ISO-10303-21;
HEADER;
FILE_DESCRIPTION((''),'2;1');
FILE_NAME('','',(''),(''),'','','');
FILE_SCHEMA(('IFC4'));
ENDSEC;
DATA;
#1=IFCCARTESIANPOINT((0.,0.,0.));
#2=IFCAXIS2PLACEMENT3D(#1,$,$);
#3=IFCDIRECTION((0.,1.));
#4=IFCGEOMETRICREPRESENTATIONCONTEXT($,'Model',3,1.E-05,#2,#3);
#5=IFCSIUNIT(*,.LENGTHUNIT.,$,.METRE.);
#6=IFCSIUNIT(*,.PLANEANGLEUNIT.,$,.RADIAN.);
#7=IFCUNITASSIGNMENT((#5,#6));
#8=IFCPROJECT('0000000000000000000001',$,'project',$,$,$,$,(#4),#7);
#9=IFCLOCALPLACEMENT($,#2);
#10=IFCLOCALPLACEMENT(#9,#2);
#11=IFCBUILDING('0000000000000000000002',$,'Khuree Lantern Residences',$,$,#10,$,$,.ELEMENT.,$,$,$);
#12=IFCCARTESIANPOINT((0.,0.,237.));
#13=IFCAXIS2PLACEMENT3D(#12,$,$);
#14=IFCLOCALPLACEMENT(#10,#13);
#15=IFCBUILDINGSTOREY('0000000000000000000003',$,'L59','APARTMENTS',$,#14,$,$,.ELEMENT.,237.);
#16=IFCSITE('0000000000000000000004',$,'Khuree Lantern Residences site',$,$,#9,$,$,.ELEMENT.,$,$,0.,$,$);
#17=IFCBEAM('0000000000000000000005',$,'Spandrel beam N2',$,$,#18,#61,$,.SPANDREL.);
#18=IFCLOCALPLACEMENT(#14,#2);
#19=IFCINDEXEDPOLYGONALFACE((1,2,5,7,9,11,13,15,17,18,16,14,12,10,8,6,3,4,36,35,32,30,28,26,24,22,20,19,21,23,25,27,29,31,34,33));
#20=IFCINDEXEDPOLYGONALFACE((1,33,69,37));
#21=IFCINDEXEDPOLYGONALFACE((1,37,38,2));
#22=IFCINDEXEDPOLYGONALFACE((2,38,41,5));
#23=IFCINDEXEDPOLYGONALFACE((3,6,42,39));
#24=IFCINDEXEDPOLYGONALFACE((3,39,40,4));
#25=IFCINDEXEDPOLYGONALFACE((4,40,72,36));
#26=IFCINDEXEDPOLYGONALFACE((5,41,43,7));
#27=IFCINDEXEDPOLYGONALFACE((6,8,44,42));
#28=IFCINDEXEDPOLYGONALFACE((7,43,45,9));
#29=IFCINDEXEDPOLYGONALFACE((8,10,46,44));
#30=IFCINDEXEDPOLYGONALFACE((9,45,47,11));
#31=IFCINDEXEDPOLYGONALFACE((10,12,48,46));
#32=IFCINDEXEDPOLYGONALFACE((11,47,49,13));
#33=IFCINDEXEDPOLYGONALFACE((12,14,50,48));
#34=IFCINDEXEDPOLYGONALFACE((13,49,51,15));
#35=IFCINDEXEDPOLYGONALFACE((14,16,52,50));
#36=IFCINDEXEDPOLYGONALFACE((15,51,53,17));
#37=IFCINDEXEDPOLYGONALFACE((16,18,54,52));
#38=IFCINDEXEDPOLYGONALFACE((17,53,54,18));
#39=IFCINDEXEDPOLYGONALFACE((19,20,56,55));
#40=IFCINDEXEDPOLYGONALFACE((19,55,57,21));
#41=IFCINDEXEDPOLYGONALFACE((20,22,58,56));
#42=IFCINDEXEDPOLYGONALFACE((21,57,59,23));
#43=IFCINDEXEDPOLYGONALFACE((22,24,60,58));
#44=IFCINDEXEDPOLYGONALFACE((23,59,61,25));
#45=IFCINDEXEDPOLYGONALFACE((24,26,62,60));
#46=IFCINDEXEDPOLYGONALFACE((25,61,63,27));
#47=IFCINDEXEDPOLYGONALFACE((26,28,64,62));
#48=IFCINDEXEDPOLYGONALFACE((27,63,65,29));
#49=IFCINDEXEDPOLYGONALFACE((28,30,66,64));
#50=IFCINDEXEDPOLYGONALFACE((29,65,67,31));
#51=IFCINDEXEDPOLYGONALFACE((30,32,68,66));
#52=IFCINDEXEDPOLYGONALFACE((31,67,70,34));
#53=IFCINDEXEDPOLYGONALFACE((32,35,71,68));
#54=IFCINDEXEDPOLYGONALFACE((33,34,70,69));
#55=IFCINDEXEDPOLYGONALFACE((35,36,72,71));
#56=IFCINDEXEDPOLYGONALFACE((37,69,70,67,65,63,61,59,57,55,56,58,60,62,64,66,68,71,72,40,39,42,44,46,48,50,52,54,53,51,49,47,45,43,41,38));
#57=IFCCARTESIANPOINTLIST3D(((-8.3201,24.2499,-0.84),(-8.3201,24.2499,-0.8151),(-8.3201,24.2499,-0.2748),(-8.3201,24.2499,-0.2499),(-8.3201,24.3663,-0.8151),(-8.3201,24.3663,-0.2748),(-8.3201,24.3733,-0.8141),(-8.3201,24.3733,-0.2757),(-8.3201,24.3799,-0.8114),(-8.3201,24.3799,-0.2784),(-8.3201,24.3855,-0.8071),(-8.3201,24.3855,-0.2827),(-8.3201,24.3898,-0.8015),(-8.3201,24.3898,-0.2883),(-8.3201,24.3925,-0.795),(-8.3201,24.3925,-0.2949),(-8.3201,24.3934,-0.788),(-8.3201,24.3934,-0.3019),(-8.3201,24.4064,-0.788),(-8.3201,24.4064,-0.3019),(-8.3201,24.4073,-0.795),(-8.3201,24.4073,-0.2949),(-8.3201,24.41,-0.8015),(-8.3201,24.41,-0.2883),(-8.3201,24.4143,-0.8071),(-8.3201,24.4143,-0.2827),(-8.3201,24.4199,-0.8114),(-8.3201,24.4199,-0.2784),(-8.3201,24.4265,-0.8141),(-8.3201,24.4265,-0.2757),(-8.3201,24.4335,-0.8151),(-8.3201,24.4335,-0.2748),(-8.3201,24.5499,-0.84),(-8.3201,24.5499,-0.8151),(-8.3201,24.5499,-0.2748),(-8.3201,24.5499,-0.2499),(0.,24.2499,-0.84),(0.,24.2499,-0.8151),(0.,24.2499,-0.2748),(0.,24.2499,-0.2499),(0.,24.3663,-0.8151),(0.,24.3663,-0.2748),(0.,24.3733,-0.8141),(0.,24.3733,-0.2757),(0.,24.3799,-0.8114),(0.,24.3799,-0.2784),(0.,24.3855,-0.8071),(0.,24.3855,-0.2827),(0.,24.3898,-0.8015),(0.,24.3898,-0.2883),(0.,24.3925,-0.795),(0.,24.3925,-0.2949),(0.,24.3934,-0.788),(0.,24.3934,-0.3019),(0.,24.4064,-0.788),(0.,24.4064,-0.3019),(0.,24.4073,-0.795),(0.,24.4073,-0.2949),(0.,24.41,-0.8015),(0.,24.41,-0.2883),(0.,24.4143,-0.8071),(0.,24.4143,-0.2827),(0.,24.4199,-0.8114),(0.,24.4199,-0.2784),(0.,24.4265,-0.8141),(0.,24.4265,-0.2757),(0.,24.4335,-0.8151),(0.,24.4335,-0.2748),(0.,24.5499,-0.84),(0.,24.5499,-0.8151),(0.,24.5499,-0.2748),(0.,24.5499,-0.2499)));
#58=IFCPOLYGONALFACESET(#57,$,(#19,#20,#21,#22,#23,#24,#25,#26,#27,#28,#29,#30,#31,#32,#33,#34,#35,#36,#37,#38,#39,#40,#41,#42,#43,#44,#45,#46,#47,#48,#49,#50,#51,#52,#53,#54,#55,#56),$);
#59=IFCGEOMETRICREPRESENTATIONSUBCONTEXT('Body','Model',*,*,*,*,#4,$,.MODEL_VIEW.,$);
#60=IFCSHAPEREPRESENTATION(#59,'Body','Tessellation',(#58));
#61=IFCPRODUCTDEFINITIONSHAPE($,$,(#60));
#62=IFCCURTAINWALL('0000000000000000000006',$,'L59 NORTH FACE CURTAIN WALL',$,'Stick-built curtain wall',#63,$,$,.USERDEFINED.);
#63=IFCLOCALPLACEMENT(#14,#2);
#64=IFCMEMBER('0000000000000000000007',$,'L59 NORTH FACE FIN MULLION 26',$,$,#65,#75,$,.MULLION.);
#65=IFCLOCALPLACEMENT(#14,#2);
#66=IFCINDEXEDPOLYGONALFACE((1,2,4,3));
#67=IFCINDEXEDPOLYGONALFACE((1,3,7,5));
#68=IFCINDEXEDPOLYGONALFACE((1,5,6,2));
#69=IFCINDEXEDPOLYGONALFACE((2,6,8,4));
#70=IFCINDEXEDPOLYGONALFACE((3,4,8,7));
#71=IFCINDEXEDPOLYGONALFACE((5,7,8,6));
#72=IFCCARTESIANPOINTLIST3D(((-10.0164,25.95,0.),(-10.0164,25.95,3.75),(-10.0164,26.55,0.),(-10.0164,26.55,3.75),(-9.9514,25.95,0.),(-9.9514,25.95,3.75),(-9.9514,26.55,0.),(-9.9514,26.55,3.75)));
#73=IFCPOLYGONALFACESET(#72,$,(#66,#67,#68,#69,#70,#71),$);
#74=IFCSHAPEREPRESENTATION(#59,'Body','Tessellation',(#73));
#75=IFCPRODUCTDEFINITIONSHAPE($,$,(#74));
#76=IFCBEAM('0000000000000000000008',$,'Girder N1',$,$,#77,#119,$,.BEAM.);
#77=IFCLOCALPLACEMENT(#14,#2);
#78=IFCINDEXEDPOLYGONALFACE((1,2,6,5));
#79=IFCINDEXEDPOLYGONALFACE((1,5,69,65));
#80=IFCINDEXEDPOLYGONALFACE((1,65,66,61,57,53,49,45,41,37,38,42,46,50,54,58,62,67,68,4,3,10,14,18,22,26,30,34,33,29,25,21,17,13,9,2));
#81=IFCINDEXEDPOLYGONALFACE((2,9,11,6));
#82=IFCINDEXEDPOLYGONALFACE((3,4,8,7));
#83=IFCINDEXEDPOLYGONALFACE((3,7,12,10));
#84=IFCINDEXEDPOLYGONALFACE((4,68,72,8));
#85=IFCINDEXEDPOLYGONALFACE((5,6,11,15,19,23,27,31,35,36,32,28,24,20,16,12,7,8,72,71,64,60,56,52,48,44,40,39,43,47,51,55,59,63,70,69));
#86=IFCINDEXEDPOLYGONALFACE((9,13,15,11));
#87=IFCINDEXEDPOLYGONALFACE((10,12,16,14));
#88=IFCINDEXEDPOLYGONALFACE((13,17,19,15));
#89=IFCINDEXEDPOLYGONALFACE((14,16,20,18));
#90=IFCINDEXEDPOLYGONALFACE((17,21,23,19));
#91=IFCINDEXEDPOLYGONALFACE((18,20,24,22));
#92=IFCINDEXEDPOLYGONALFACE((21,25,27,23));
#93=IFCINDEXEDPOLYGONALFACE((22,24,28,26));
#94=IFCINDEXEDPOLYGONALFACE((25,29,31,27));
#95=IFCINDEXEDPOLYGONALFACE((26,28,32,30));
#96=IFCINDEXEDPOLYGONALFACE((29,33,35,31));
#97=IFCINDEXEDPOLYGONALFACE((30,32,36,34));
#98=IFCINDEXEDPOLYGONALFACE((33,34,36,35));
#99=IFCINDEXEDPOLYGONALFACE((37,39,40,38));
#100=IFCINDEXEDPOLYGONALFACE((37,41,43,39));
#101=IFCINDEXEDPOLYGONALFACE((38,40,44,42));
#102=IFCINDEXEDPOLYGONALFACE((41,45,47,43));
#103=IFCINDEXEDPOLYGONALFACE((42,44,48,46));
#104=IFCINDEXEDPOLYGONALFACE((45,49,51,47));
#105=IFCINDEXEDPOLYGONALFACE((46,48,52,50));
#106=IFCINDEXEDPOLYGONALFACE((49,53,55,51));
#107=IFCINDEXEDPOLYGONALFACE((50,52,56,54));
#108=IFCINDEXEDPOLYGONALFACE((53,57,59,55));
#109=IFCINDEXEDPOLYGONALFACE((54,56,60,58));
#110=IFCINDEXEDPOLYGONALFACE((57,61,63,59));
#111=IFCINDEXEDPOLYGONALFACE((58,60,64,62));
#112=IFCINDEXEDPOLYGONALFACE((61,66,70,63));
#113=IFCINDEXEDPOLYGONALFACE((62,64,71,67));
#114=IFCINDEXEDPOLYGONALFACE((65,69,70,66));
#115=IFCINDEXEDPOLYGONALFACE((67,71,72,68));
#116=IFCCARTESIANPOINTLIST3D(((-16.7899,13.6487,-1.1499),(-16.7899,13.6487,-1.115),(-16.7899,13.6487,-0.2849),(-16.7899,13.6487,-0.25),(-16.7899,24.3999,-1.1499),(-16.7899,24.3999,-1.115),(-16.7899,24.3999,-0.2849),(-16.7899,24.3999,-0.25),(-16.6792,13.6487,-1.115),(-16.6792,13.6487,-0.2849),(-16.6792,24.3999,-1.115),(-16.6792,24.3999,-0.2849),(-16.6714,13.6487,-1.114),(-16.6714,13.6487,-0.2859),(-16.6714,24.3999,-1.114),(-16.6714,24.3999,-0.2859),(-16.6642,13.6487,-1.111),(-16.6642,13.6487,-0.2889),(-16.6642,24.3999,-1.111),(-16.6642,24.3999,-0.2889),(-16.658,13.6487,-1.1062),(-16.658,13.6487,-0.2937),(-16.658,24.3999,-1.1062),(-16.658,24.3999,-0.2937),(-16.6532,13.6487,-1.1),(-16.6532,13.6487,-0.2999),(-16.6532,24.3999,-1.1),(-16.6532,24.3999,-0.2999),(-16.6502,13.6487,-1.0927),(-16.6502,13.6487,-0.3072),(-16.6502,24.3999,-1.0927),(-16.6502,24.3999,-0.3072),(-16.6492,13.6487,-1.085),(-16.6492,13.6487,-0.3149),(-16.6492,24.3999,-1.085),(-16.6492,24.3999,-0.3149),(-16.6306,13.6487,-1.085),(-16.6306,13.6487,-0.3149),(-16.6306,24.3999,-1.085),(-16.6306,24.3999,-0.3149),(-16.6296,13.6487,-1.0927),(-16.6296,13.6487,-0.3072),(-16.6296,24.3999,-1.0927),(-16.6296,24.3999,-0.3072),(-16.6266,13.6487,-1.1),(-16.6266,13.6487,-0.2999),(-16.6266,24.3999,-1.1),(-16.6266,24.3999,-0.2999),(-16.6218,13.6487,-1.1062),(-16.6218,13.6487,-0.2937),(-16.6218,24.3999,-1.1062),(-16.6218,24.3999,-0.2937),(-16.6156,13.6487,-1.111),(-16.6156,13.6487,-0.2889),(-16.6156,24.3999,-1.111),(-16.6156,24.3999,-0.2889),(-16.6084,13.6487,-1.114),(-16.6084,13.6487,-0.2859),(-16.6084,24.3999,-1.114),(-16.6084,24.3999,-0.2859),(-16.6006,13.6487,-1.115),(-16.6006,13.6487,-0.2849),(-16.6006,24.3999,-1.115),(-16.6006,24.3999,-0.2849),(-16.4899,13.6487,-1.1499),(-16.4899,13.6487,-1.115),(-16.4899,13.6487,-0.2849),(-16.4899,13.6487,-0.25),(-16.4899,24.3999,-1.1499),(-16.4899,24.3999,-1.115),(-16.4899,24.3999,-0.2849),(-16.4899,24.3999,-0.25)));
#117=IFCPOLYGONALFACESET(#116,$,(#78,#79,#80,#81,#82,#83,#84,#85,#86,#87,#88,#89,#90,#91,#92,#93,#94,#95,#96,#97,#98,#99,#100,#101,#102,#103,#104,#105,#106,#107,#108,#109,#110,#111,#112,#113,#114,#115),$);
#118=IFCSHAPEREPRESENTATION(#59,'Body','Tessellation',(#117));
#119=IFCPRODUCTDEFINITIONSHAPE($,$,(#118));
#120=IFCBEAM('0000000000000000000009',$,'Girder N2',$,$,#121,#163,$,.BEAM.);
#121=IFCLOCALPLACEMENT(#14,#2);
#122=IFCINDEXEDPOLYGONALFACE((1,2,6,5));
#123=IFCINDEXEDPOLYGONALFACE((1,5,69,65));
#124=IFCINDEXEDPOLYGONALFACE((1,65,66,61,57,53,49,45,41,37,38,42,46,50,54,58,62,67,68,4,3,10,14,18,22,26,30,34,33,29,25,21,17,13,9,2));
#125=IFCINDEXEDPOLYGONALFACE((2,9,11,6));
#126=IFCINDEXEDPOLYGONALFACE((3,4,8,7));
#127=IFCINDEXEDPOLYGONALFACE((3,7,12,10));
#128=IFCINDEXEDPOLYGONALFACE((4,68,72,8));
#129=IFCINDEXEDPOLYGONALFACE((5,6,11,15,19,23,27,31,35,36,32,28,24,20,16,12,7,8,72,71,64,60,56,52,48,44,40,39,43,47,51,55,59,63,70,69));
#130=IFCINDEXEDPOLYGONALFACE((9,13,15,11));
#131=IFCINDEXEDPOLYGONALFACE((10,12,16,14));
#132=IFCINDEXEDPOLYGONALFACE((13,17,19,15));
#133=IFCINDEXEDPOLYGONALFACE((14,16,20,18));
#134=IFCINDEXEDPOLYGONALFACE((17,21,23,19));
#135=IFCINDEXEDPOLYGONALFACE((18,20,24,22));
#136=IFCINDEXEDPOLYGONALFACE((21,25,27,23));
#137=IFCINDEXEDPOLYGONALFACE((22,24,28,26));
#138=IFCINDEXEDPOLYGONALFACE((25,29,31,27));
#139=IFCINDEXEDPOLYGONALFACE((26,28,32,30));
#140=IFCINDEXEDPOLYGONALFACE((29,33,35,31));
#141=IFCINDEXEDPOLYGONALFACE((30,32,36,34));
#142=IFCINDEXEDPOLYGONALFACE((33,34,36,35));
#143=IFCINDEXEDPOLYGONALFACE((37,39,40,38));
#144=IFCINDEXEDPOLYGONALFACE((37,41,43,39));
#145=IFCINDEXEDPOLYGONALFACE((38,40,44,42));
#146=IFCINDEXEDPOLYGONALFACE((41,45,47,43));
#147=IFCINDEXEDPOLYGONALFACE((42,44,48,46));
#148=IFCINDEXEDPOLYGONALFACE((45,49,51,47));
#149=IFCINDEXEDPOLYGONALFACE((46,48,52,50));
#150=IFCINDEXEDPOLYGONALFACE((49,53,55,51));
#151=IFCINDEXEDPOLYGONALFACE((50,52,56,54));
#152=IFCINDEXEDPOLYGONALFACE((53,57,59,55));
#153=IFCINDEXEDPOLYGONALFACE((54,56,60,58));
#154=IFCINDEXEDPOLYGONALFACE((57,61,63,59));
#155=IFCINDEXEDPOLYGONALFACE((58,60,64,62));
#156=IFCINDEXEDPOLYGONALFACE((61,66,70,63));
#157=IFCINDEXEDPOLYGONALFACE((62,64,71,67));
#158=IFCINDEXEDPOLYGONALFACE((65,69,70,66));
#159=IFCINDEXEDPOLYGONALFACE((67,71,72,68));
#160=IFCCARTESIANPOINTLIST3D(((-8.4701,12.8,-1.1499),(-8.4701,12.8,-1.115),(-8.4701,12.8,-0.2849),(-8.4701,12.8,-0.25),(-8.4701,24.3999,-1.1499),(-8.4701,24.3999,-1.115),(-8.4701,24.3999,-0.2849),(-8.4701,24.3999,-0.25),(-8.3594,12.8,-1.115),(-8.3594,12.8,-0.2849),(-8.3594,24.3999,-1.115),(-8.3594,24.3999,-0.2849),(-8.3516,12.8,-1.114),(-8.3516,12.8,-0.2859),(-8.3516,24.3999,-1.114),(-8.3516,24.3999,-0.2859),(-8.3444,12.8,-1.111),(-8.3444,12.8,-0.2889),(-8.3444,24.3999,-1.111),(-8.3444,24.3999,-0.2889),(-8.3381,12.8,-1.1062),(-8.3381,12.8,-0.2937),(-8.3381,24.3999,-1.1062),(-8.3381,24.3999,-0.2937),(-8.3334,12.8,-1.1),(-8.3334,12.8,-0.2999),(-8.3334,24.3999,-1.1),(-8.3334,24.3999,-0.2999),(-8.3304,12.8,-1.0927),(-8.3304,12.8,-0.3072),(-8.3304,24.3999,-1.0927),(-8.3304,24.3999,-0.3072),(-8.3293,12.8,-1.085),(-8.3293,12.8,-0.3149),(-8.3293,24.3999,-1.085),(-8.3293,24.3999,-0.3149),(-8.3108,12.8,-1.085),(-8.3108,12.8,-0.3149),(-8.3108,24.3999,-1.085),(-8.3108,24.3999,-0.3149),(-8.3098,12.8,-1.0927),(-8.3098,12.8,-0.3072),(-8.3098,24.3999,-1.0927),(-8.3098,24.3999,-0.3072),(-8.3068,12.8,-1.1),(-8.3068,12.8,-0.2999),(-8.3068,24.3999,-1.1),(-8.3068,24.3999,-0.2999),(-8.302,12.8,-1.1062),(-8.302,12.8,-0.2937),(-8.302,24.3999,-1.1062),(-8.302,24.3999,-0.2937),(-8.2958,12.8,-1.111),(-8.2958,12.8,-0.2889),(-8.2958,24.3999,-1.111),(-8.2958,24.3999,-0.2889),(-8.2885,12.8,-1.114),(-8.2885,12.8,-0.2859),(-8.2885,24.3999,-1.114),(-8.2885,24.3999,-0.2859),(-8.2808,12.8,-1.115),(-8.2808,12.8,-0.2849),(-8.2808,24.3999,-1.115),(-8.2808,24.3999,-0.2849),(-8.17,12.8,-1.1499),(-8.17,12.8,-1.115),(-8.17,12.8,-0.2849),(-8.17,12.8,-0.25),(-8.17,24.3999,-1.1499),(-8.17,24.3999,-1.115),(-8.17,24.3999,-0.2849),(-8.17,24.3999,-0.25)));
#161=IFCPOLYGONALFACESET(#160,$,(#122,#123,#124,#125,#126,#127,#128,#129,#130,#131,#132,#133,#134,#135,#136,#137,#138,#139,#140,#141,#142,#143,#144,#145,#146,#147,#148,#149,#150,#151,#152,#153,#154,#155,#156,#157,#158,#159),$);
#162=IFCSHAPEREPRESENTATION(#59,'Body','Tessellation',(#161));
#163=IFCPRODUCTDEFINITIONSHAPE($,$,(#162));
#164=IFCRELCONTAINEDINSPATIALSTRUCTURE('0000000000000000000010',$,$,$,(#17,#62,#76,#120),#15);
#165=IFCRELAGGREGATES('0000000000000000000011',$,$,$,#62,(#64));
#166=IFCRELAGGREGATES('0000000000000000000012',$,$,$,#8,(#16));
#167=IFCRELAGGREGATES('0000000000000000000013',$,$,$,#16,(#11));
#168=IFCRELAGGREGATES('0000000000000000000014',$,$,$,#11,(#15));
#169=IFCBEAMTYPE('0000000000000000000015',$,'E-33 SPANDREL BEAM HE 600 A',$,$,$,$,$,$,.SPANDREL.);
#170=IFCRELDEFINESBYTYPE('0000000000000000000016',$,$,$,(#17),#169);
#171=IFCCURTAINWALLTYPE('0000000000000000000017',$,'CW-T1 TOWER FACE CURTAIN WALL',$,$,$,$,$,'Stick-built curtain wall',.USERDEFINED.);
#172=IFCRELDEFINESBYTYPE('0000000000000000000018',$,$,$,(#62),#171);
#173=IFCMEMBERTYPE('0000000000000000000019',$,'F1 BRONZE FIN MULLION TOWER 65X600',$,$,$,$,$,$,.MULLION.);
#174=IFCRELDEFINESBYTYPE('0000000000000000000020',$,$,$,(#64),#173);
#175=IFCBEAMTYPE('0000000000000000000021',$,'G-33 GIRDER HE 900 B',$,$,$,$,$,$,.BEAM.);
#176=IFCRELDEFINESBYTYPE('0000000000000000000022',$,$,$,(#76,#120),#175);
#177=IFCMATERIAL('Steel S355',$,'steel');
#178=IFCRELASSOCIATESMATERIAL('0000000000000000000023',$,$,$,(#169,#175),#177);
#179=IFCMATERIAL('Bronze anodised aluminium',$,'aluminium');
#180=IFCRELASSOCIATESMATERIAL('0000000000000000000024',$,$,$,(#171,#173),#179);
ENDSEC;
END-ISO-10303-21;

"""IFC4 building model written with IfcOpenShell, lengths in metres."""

from ifc_helpers import new_model, si_unit, direction, frame, origin, origin_2d, place, context, subcontext, project, spatial, rectangle, i_section, extrude, material, material_profile, profile_set, type_object, element, aggregate, save


model = new_model("IFC4")

# Units and contexts
model_context = context("Model", 3, precision=1e-05, world=origin(), true_north=direction((0.0, 1.0)))
body_context = subcontext(model_context, "Body", "Model", "MODEL_VIEW")
ifc_project = project(units=[si_unit("LENGTHUNIT", "METRE"), si_unit("PLANEANGLEUNIT", "RADIAN")], contexts=[model_context])

# Site, building, storey
site_placement = place(None, origin())
site = spatial("IfcSite", under=ifc_project, at=site_placement, Name="Khuree Lantern Residences site", CompositionType="ELEMENT", RefElevation=0.0)
building_placement = place(site_placement, origin())
building = spatial("IfcBuilding", under=site, at=building_placement, Name="Khuree Lantern Residences", CompositionType="ELEMENT")
storey_placement = place(building_placement, frame((0.0, 0.0, 237.0)))
storey = spatial("IfcBuildingStorey", under=building, at=storey_placement, Name="L59", Description="APARTMENTS", CompositionType="ELEMENT", Elevation=237.0)

# Beam
ifc_material_1 = material(Name="Steel S355", Category="steel")
ifc_material_profile_1 = material_profile(ifc_material_1, i_section(OverallWidth=0.3, OverallDepth=0.5901, WebThickness=0.0129, FlangeThickness=0.0249, FilletRadius=0.0271, at=origin_2d()), Name="HE 600 A")
ifc_profile_set_1 = profile_set([ifc_material_profile_1], Name="Steel S355")
beam_type_1 = type_object("IfcBeamType", Name="E-33 SPANDREL BEAM HE 600 A", PredefinedType="SPANDREL", material=ifc_profile_set_1)
beam_1_placement = place(storey_placement, frame((-8.3201, 24.3999, -0.5449), z_axis=(1.0, 0.0, 0.0), x_axis=(0.0, 1.0, 0.0)))
element("IfcBeam", 1, at=beam_1_placement, inside=storey, type_object=beam_type_1, Name="Spandrel beam N2", PredefinedType="SPANDREL", context=body_context, shape_type="SweptSolid", body=[
    extrude(i_section(OverallWidth=0.3, OverallDepth=0.5901, WebThickness=0.0129, FlangeThickness=0.0249, FilletRadius=0.0271, at=origin_2d()), origin(), (0.0, 0.0, 1.0), 8.3201),
])

# Curtain wall, member
ifc_material_2 = material(Name="Bronze anodised aluminium", Category="aluminium")
curtain_wall_type = type_object("IfcCurtainWallType", Name="CW-T1 TOWER FACE CURTAIN WALL", ElementType="Stick-built curtain wall", PredefinedType="USERDEFINED", material=ifc_material_2)
curtain_wall_placement = place(storey_placement, origin())
curtain_wall = element("IfcCurtainWall", 2, at=curtain_wall_placement, inside=storey, type_object=curtain_wall_type, Name="L59 NORTH FACE CURTAIN WALL", ObjectType="Stick-built curtain wall", PredefinedType="USERDEFINED")
ifc_material_profile_2 = material_profile(ifc_material_2, rectangle(XDim=0.0649, YDim=0.6001, at=origin_2d()), Name="F1 65X600")
ifc_profile_set_2 = profile_set([ifc_material_profile_2], Name="Bronze anodised aluminium")
member_type_1 = type_object("IfcMemberType", Name="F1 BRONZE FIN MULLION TOWER 65X600", PredefinedType="MULLION", material=ifc_profile_set_2)
member_1_placement = place(storey_placement, frame((-9.9839, 26.25, 0.0), z_axis=(0.0, 0.0, 1.0), x_axis=(-1.0, 0.0, 0.0)))
member_1 = element("IfcMember", 3, at=member_1_placement, type_object=member_type_1, Name="L59 NORTH FACE FIN MULLION 26", PredefinedType="MULLION", context=body_context, shape_type="SweptSolid", body=[
    extrude(rectangle(XDim=0.0649, YDim=0.6001, at=origin_2d()), origin(), (0.0, 0.0, 1.0), 3.75),
])

# Beams
ifc_material_profile_3 = material_profile(ifc_material_1, i_section(OverallWidth=0.3, OverallDepth=0.8999, WebThickness=0.0186, FlangeThickness=0.0349, FilletRadius=0.03, at=origin_2d()), Name="HE 900 B")
ifc_profile_set_3 = profile_set([ifc_material_profile_3], Name="Steel S355")
beam_type_2 = type_object("IfcBeamType", Name="G-33 GIRDER HE 900 B", PredefinedType="BEAM", material=ifc_profile_set_3)
beam_2_placement = place(storey_placement, frame((-16.6399, 24.3999, -0.7), z_axis=(0.0, -1.0, 0.0), x_axis=(1.0, 0.0, 0.0)))
element("IfcBeam", 4, at=beam_2_placement, inside=storey, type_object=beam_type_2, Name="Girder N1", PredefinedType="BEAM", context=body_context, shape_type="SweptSolid", body=[
    extrude(i_section(OverallWidth=0.3, OverallDepth=0.8999, WebThickness=0.0186, FlangeThickness=0.0349, FilletRadius=0.03, at=origin_2d()), origin(), (0.0, 0.0, 1.0), 10.7512),
])
for number, where, z_axis, x_axis, name in (
    (5, (-8.3201, 24.3999, -0.7), (0.0, -1.0, 0.0), (1.0, 0.0, 0.0), "Girder N2"),
):
    element("IfcBeam", number, at=place(storey_placement, frame(where, z_axis=z_axis, x_axis=x_axis)), inside=storey, type_object=beam_type_2, Name=name, PredefinedType="BEAM", context=body_context, shape_type="SweptSolid", body=[
        extrude(i_section(OverallWidth=0.3, OverallDepth=0.8999, WebThickness=0.0186, FlangeThickness=0.0349, FilletRadius=0.03, at=origin_2d()), origin(), (0.0, 0.0, 1.0), 11.5999),
    ])

aggregate(curtain_wall, [member_1])

save(model, "model.ifc")
